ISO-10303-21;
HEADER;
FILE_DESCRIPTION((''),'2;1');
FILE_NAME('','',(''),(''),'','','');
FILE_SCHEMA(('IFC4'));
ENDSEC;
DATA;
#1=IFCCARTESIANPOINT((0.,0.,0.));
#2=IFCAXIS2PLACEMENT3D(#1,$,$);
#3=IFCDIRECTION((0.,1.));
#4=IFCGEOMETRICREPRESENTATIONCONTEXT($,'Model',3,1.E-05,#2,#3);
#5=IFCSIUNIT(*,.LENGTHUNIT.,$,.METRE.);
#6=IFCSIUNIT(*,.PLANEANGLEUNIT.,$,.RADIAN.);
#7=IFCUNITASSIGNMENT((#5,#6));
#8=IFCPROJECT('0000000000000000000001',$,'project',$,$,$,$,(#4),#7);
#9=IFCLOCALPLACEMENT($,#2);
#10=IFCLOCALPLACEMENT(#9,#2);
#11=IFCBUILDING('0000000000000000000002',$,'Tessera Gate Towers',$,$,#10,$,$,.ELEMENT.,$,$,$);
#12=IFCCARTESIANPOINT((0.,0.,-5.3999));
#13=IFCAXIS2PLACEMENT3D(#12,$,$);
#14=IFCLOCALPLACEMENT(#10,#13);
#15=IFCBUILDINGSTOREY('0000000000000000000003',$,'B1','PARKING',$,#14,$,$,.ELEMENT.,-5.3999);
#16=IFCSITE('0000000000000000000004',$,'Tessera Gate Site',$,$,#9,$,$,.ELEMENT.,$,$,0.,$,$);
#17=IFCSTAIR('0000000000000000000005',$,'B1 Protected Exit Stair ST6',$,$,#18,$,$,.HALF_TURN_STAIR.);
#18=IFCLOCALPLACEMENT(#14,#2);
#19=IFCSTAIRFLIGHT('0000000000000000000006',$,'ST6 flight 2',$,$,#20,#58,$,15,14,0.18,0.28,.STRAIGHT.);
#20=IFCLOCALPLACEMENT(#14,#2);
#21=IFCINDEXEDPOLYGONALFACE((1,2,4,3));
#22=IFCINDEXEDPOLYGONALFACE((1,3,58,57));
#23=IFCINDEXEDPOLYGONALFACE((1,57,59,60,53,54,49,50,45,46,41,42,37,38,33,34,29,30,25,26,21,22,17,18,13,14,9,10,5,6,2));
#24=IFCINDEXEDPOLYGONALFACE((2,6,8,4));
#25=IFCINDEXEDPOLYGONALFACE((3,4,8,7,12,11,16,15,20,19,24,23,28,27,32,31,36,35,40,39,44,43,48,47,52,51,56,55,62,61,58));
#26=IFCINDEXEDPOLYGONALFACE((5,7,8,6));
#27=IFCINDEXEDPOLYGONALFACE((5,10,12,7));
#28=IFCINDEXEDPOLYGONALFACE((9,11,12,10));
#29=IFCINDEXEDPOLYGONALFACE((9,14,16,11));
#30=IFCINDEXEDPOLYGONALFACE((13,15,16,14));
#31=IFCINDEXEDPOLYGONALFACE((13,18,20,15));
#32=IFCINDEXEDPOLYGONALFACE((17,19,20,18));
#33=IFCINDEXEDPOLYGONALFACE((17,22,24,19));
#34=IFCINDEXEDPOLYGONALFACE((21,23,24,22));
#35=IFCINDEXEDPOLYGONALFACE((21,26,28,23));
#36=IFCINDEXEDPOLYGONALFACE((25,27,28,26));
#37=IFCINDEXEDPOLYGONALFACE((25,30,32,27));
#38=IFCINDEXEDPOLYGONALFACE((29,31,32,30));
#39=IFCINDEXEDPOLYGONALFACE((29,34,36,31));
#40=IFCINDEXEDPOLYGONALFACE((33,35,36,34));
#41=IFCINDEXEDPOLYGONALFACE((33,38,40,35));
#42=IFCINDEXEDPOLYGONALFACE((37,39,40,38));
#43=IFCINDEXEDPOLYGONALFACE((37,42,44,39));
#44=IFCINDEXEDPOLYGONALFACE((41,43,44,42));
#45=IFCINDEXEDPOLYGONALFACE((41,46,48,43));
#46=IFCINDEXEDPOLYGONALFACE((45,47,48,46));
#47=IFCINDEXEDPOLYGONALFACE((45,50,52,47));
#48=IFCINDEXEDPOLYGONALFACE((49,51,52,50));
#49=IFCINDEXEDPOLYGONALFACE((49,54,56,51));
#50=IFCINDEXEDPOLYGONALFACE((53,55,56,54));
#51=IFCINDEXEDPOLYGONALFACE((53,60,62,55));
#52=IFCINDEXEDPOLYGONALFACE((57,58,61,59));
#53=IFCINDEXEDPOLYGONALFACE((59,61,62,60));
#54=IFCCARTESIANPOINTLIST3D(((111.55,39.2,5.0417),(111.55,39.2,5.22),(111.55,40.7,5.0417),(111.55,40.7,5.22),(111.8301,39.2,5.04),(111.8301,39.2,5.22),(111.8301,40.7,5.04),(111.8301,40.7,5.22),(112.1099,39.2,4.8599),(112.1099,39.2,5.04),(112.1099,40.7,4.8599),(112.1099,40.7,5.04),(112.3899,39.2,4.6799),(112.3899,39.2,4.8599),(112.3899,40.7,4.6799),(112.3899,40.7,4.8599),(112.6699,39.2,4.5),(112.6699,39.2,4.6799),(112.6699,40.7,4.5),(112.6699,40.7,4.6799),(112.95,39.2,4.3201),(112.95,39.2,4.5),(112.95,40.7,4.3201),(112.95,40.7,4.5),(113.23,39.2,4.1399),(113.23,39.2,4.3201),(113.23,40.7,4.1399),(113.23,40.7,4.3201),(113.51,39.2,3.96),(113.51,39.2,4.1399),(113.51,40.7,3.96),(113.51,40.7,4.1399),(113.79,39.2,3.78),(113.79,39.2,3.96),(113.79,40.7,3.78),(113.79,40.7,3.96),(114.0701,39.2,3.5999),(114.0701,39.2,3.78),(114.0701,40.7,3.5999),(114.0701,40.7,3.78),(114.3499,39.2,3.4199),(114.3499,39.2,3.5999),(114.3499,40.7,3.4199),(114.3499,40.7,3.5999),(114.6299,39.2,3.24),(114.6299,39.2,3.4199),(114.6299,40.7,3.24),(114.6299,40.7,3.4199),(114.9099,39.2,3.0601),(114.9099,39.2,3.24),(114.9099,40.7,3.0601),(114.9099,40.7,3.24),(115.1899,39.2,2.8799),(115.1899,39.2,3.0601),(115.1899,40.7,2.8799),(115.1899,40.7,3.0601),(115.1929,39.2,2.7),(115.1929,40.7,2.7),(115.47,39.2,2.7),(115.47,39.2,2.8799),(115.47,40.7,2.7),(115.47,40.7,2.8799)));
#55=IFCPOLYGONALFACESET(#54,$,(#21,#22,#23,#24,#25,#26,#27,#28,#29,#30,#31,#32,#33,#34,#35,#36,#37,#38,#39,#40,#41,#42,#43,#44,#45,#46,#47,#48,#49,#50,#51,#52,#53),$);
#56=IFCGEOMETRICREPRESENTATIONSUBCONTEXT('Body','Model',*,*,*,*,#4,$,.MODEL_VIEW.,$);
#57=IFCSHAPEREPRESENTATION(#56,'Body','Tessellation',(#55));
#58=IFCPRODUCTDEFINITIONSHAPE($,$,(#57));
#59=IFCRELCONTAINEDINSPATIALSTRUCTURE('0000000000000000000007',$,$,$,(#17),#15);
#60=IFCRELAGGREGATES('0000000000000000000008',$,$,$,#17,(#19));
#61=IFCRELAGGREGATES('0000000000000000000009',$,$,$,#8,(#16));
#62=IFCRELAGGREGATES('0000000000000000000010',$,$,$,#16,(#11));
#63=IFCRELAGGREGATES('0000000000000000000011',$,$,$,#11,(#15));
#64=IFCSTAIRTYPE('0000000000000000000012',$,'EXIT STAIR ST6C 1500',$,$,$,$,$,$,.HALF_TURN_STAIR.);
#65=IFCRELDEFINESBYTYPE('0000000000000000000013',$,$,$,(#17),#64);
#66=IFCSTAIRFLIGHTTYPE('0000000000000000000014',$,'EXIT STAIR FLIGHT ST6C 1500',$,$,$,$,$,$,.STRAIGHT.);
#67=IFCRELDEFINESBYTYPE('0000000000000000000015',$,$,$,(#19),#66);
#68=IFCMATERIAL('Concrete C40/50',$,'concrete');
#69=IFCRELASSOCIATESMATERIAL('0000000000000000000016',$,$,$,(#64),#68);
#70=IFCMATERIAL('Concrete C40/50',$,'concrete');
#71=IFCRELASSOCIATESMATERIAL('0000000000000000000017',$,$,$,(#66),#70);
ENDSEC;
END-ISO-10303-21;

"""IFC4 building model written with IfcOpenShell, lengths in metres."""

from ifc_helpers import new_model, si_unit, direction, frame, origin, place, context, subcontext, project, spatial, polyline, outline, extrude, material, type_object, element, aggregate, save


model = new_model("IFC4")

# Units and contexts
model_context = context("Model", 3, precision=1e-05, world=origin(), true_north=direction((0.0, 1.0)))
body_context = subcontext(model_context, "Body", "Model", "MODEL_VIEW")
ifc_project = project(units=[si_unit("LENGTHUNIT", "METRE"), si_unit("PLANEANGLEUNIT", "RADIAN")], contexts=[model_context])

# Site, building, storey
site_placement = place(None, origin())
site = spatial("IfcSite", under=ifc_project, at=site_placement, Name="Tessera Gate Site", CompositionType="ELEMENT", RefElevation=0.0)
building_placement = place(site_placement, origin())
building = spatial("IfcBuilding", under=site, at=building_placement, Name="Tessera Gate Towers", CompositionType="ELEMENT")
storey_placement = place(building_placement, frame((0.0, 0.0, -5.3999)))
storey = spatial("IfcBuildingStorey", under=building, at=storey_placement, Name="B1", Description="PARKING", CompositionType="ELEMENT", Elevation=-5.3999)

# Stair, stair flight
ifc_material_1 = material(Name="Concrete C40/50", Category="concrete")
stair_type = type_object("IfcStairType", Name="EXIT STAIR ST6C 1500", PredefinedType="HALF_TURN_STAIR", material=ifc_material_1)
stair_placement = place(storey_placement, origin())
stair = element("IfcStair", 1, at=stair_placement, inside=storey, type_object=stair_type, Name="B1 Protected Exit Stair ST6", PredefinedType="HALF_TURN_STAIR")
ifc_material_2 = material(Name="Concrete C40/50", Category="concrete")
stair_flight_type = type_object("IfcStairFlightType", Name="EXIT STAIR FLIGHT ST6C 1500", PredefinedType="STRAIGHT", material=ifc_material_2)
stair_flight_1_placement = place(storey_placement, frame((115.47, 39.95, 2.7), z_axis=(0.0, 0.0, 1.0), x_axis=(-1.0, 0.0, 0.0)))
stair_flight_1 = element("IfcStairFlight", 2, at=stair_flight_1_placement, type_object=stair_flight_type, Name="ST6 flight 2", NumberOfRisers=15, NumberOfTreads=14, PredefinedType="STRAIGHT", RiserHeight=0.18, TreadLength=0.28, context=body_context, shape_type="SweptSolid", body=[
    extrude(outline(polyline([(0.0, 0.0), (0.0, 0.1799), (0.28, 0.1799), (0.28, 0.3601), (0.5601, 0.3601), (0.5601, 0.54), (0.8401, 0.54), (0.8401, 0.72), (1.1201, 0.72), (1.1201, 0.8999), (1.3999, 0.8999), (1.3999, 1.0801), (1.6799, 1.0801), (1.6799, 1.26), (1.96, 1.26), (1.96, 1.4399), (2.24, 1.4399), (2.24, 1.6201), (2.52, 1.6201), (2.52, 1.8), (2.8, 1.8), (2.8, 1.98), (3.0801, 1.98), (3.0801, 2.1599), (3.3601, 2.1599), (3.3601, 2.3401), (3.6399, 2.3401), (3.6399, 2.52), (3.9199, 2.52), (3.9199, 2.7), (3.9199, 2.3418), (0.2771, 0.0), (0.0, 0.0)])), frame((0.0, 0.75, 0.0), z_axis=(0.0, -1.0, 0.0), x_axis=(1.0, 0.0, 0.0)), (0.0, 0.0, 1.0), 1.5),
])
aggregate(stair, [stair_flight_1])

save(model, "model.ifc")
